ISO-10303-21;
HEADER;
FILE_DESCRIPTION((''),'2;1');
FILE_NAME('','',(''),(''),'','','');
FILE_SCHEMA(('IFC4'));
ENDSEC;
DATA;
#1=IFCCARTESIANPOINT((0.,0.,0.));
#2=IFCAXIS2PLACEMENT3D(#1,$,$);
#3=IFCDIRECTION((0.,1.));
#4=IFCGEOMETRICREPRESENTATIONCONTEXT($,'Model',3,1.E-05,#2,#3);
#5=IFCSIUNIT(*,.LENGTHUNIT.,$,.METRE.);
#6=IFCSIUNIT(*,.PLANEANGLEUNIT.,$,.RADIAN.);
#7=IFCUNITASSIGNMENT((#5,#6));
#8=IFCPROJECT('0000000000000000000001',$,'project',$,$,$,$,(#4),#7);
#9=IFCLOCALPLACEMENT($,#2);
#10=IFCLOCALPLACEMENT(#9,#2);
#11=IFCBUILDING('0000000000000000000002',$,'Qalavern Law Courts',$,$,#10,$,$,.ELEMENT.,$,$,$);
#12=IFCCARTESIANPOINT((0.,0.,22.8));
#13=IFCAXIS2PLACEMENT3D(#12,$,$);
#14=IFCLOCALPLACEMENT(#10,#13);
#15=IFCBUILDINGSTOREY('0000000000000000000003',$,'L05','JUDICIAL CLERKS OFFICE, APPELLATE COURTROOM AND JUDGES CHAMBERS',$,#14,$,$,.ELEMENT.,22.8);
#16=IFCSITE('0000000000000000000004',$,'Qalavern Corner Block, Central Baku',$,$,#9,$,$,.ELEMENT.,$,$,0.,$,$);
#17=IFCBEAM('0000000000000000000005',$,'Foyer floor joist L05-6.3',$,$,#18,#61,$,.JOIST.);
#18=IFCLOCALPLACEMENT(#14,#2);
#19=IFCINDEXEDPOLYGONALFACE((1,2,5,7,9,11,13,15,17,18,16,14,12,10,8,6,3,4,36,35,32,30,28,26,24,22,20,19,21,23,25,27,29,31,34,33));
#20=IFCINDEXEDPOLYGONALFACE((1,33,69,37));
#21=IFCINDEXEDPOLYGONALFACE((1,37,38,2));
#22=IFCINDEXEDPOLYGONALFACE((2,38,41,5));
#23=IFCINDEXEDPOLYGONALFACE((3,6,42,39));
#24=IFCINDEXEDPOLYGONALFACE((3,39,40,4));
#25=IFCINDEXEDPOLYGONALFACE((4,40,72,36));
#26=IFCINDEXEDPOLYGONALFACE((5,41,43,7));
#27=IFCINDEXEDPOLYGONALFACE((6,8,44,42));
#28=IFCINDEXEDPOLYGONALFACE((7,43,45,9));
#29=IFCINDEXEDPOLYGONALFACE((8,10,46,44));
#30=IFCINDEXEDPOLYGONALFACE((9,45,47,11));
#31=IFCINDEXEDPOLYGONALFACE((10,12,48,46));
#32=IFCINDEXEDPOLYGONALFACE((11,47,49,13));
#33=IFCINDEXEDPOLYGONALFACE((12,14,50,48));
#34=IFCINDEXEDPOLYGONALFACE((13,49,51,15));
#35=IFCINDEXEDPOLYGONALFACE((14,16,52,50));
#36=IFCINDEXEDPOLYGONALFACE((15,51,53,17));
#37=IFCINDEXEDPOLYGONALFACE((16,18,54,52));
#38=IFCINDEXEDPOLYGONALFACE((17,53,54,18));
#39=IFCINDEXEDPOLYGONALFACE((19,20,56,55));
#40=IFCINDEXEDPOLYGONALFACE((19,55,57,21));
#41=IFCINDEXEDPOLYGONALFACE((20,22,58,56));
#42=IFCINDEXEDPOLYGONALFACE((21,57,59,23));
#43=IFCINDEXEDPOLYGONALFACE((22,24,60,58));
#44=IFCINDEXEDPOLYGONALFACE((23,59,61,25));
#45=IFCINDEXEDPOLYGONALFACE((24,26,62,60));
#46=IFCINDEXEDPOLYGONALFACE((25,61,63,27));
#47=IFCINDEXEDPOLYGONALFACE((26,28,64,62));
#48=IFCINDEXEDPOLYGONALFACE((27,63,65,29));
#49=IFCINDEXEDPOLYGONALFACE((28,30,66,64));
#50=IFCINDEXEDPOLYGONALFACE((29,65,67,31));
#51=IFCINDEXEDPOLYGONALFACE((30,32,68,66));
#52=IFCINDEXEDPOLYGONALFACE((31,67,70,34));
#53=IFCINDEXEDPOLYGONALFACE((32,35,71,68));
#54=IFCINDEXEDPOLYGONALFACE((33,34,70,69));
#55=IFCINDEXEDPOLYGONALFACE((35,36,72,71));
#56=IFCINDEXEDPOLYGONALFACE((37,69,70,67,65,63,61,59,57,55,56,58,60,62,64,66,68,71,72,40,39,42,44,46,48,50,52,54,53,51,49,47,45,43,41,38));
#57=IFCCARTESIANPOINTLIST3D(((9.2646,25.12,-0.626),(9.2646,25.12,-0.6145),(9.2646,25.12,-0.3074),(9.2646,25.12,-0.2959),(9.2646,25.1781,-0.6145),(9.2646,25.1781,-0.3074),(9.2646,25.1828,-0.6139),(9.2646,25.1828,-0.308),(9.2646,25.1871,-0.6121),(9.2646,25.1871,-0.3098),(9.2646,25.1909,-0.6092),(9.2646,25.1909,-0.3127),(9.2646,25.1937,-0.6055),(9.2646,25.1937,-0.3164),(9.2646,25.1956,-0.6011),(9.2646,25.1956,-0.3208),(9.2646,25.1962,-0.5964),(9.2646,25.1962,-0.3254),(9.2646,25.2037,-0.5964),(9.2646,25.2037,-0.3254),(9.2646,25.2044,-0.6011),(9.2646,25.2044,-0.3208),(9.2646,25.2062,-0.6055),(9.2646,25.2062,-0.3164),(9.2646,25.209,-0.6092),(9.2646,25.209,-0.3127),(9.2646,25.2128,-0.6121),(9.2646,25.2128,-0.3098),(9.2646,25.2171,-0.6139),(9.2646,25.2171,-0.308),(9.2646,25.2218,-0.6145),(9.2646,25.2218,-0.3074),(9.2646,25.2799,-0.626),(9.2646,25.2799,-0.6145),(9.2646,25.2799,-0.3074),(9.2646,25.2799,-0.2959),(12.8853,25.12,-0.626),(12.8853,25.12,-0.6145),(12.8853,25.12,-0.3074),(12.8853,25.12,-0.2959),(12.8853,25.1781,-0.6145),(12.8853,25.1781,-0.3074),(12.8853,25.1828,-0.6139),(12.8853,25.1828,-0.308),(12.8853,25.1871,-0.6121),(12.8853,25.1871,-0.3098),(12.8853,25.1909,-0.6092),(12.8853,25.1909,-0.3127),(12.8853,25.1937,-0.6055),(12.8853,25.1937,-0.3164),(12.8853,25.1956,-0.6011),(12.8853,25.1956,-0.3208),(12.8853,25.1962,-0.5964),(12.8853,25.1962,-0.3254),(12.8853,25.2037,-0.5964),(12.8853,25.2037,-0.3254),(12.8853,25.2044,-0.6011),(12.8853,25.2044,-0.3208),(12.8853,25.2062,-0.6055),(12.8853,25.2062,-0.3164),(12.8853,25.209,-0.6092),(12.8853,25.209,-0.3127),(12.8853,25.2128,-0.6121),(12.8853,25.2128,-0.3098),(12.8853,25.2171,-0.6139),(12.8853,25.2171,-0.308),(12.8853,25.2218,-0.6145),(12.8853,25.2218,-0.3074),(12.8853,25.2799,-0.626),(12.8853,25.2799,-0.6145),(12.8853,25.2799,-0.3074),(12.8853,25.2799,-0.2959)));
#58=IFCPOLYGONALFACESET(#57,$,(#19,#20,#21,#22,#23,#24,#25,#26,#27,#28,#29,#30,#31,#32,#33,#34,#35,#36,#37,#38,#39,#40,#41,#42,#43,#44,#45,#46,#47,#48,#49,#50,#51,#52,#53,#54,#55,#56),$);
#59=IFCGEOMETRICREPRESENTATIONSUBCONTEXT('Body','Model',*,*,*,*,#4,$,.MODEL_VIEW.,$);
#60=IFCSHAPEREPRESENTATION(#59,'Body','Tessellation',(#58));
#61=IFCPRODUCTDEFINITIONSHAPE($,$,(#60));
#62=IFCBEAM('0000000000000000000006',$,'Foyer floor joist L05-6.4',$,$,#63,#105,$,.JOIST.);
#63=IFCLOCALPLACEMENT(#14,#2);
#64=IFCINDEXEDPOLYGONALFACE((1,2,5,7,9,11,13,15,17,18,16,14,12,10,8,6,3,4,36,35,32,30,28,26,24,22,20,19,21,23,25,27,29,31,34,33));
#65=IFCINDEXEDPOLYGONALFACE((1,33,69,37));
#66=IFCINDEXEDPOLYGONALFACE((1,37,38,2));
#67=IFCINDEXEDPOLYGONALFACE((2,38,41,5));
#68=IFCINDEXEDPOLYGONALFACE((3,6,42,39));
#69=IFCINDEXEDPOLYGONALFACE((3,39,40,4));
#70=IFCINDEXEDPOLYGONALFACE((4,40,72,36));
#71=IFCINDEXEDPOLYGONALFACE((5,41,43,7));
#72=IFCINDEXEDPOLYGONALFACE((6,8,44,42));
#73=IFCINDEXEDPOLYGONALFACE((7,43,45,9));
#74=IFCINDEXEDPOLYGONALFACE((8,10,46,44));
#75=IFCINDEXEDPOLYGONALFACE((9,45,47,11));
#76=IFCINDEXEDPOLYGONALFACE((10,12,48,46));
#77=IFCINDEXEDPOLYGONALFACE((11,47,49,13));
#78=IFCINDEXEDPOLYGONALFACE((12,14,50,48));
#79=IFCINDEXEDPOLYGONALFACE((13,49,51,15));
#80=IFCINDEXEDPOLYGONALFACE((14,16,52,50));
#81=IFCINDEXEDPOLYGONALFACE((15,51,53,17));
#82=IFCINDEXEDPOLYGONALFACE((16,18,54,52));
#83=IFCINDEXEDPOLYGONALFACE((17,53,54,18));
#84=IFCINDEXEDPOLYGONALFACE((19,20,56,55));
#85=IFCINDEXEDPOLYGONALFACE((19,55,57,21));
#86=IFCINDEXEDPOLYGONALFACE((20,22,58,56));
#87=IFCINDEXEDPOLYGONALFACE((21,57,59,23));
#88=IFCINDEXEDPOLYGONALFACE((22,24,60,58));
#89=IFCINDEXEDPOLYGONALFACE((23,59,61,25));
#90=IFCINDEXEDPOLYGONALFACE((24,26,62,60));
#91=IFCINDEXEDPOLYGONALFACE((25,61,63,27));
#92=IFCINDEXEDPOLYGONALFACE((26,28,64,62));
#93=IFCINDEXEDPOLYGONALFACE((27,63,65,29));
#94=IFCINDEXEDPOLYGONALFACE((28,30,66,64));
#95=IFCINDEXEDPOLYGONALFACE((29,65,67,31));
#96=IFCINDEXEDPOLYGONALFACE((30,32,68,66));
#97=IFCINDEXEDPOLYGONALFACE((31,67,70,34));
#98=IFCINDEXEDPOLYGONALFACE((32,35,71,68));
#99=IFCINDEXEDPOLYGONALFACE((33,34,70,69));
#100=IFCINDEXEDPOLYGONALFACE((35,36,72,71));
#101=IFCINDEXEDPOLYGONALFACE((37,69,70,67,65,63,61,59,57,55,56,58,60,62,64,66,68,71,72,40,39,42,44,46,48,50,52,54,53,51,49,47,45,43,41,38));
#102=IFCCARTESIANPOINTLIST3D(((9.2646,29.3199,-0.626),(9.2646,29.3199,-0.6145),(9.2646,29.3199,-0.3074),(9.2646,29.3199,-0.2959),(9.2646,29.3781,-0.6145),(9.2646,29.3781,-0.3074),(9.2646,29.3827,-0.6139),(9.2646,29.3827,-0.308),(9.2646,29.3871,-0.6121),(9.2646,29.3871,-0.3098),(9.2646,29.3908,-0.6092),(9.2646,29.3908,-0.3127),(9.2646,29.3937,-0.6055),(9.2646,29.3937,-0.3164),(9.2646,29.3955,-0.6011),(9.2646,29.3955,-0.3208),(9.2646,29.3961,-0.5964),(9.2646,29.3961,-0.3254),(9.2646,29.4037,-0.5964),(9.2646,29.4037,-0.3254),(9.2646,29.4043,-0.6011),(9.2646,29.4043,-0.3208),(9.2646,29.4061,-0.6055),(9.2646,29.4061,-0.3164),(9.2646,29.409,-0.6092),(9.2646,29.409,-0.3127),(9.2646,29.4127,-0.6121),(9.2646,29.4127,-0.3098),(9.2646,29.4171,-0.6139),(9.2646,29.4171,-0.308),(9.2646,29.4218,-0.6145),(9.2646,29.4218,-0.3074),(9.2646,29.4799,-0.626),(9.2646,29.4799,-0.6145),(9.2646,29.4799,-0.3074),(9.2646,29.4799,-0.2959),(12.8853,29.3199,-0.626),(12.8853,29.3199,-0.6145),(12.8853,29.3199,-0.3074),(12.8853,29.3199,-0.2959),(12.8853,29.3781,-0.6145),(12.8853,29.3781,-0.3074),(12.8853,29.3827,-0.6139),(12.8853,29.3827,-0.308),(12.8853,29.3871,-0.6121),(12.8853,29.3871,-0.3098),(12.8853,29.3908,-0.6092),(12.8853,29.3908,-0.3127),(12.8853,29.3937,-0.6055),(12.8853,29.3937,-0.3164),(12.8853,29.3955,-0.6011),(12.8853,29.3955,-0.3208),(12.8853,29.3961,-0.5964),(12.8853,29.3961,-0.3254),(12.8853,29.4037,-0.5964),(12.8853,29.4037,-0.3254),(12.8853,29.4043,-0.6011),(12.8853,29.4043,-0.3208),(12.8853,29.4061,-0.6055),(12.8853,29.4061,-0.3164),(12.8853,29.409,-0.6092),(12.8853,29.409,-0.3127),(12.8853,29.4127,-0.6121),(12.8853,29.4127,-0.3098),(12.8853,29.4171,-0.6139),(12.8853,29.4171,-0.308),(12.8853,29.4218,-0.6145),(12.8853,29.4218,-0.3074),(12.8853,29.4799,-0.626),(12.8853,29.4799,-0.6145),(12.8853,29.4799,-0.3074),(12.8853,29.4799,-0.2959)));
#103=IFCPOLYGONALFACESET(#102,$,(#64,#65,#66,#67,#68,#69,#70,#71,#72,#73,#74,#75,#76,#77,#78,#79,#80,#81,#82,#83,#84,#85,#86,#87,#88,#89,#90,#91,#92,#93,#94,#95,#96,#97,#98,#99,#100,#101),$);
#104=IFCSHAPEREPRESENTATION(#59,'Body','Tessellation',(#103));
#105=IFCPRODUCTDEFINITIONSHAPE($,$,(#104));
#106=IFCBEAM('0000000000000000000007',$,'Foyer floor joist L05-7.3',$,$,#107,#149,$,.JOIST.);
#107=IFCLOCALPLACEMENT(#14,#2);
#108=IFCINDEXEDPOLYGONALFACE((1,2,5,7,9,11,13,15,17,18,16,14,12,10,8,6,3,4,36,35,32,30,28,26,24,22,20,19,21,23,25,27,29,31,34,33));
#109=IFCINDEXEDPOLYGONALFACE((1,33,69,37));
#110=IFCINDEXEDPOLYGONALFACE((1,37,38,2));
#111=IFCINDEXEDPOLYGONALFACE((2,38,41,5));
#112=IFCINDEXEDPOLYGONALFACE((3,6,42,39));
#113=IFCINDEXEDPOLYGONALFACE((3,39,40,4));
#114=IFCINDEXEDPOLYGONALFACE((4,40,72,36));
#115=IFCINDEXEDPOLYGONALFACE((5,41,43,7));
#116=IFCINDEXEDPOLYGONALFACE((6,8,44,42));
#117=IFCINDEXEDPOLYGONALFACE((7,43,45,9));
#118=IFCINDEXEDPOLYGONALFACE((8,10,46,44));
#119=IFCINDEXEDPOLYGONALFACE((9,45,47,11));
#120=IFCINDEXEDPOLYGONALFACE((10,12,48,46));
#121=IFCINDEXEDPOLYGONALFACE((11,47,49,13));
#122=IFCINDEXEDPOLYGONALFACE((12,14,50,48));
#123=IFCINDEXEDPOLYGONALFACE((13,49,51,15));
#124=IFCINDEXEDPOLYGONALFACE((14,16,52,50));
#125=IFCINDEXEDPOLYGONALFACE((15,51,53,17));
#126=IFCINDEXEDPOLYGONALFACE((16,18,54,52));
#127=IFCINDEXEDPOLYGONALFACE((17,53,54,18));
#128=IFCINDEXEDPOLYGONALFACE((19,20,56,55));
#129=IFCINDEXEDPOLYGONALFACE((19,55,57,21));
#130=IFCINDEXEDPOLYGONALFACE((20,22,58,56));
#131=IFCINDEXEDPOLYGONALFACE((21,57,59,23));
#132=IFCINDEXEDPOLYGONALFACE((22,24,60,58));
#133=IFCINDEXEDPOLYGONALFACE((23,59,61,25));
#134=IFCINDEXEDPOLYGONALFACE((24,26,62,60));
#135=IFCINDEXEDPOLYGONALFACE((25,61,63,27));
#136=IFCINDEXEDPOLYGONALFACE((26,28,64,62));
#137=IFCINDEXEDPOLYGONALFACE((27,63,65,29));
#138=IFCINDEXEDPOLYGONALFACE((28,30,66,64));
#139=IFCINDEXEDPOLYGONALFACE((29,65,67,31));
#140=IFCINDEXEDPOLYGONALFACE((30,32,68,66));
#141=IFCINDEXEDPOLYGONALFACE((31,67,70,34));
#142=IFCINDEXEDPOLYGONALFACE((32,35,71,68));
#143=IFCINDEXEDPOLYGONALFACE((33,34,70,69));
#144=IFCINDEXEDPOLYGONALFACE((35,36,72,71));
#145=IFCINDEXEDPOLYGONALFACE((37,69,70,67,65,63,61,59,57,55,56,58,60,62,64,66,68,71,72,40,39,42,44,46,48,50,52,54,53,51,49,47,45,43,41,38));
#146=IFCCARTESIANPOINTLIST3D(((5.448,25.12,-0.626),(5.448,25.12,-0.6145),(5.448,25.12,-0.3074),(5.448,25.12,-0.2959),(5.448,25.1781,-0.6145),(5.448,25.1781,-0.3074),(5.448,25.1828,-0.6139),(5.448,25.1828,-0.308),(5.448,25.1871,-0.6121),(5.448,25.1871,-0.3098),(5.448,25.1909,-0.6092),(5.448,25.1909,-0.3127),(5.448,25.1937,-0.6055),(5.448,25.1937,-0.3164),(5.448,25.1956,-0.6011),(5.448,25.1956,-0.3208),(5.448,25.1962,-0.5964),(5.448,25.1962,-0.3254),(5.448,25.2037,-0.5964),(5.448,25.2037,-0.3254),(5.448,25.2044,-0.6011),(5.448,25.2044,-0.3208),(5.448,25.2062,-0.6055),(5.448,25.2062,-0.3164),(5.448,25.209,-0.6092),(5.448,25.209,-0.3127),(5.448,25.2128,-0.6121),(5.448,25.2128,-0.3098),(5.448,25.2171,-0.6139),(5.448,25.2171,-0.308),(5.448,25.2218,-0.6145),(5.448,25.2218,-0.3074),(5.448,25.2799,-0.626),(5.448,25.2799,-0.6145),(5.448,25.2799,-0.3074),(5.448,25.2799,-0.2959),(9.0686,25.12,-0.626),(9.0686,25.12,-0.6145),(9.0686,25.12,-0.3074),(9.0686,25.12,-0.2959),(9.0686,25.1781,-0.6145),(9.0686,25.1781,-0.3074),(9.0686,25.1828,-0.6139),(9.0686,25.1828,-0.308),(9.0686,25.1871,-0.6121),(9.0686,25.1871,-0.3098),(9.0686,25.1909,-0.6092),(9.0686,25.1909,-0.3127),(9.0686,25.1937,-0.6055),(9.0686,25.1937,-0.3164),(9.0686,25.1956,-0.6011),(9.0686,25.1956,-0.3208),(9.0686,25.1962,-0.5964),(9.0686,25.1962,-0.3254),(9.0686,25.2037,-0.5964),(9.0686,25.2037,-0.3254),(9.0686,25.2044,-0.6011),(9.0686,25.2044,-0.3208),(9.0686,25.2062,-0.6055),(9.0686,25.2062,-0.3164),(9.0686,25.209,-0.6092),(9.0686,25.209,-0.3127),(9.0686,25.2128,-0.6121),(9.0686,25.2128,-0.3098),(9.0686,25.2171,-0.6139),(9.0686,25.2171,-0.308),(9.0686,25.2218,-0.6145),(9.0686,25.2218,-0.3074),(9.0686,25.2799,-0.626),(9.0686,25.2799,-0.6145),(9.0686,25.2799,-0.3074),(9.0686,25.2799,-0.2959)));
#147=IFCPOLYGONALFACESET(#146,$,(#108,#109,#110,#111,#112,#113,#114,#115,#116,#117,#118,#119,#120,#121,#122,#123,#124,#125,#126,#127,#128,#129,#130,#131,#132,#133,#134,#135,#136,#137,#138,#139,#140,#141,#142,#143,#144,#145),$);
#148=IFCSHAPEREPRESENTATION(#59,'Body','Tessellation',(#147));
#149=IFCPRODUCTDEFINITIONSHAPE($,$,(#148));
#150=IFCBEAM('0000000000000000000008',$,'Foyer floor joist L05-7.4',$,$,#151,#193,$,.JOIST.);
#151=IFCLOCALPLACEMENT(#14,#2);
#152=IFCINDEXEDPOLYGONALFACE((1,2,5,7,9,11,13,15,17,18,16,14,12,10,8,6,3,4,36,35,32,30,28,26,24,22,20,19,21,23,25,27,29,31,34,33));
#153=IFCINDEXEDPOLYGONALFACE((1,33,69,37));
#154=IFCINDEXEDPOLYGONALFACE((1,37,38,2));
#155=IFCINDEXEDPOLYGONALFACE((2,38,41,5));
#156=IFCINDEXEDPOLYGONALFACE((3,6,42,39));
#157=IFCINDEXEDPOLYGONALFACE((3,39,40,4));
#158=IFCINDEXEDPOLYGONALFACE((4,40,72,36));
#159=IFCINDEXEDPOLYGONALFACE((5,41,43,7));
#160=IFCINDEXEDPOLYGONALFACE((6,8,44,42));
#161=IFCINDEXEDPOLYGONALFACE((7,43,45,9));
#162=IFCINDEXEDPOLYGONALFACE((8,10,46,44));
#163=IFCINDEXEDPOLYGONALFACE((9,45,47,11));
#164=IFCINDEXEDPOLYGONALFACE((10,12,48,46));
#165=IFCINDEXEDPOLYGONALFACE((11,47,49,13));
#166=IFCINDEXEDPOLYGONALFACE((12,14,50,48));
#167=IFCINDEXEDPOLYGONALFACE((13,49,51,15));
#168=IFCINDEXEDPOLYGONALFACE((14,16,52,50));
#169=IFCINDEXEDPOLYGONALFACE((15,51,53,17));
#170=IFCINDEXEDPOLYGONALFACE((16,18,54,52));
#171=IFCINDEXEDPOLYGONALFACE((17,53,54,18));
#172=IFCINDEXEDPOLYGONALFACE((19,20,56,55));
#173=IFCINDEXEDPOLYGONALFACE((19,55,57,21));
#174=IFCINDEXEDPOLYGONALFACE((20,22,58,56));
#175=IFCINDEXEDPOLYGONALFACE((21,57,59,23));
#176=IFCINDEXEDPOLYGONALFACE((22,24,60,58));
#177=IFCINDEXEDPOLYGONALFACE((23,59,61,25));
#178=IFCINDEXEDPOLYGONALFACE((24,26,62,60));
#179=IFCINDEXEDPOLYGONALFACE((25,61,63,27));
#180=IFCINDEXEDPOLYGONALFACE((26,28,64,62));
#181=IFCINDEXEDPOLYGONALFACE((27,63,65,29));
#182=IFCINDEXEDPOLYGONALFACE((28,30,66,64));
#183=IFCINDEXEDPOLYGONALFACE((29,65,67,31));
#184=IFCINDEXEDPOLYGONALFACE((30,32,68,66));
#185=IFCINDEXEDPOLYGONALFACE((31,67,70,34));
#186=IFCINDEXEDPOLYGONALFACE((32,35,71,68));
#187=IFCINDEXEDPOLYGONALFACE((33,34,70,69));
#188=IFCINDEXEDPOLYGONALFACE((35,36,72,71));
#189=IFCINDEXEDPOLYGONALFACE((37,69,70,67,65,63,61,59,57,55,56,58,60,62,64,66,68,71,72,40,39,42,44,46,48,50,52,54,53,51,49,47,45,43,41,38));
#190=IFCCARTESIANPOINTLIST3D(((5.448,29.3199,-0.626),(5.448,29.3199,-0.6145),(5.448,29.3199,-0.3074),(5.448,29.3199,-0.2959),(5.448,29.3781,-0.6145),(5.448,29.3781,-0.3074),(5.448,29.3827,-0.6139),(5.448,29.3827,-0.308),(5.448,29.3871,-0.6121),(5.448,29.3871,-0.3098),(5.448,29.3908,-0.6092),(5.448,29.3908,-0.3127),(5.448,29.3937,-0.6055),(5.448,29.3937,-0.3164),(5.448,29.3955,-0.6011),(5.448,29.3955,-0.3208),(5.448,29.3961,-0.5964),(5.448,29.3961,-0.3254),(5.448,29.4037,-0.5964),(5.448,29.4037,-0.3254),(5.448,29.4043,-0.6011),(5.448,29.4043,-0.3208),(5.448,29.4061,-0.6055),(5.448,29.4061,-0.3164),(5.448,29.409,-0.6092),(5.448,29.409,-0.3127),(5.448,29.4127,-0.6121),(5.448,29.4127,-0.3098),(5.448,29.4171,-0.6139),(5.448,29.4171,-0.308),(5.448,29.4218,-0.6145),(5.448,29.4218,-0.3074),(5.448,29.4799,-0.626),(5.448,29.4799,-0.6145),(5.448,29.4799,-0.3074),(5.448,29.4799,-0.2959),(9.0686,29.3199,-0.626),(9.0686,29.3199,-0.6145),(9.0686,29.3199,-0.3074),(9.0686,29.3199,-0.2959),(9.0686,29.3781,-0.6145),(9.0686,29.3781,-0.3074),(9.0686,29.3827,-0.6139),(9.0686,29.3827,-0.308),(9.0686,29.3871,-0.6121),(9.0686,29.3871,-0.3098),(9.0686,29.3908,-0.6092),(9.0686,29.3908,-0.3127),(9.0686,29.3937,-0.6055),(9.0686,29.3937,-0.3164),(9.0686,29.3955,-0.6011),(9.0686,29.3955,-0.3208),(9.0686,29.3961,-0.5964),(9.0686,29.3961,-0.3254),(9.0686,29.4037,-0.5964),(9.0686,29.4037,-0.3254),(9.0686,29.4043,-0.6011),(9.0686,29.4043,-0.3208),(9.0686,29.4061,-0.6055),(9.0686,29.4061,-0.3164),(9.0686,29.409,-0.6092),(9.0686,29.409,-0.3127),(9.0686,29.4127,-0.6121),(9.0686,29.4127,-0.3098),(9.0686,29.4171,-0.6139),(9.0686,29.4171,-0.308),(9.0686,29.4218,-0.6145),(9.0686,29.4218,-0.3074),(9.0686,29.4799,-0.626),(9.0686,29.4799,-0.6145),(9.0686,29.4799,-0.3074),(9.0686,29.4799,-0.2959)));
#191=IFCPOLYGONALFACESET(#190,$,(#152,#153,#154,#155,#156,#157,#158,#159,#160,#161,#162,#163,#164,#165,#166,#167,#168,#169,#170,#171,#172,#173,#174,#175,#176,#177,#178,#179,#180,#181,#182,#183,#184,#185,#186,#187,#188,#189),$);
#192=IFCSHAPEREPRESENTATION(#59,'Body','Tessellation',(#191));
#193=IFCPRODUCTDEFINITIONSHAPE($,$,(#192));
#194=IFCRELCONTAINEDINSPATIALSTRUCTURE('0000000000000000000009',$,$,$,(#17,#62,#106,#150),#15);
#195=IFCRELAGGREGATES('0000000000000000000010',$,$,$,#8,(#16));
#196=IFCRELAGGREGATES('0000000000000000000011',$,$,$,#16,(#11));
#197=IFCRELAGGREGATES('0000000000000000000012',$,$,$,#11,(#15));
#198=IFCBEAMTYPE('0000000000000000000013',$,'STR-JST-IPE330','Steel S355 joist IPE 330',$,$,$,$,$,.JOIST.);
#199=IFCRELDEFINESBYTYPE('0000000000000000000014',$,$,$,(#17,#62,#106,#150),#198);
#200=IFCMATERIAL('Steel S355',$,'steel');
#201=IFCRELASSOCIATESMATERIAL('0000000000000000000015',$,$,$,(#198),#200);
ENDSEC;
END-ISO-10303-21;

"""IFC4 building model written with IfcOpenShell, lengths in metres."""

from ifc_helpers import new_model, si_unit, direction, frame, origin, origin_2d, place, context, subcontext, project, spatial, i_section, extrude, material, material_profile, profile_set, type_object, element, save


model = new_model("IFC4")

# Units and contexts
model_context = context("Model", 3, precision=1e-05, world=origin(), true_north=direction((0.0, 1.0)))
body_context = subcontext(model_context, "Body", "Model", "MODEL_VIEW")
ifc_project = project(units=[si_unit("LENGTHUNIT", "METRE"), si_unit("PLANEANGLEUNIT", "RADIAN")], contexts=[model_context])

# Site, building, storey
site_placement = place(None, origin())
site = spatial("IfcSite", under=ifc_project, at=site_placement, Name="Qalavern Corner Block, Central Baku", CompositionType="ELEMENT", RefElevation=0.0)
building_placement = place(site_placement, origin())
building = spatial("IfcBuilding", under=site, at=building_placement, Name="Qalavern Law Courts", CompositionType="ELEMENT")
storey_placement = place(building_placement, frame((0.0, 0.0, 22.8)))
storey = spatial("IfcBuildingStorey", under=building, at=storey_placement, Name="L05", Description="JUDICIAL CLERKS OFFICE, APPELLATE COURTROOM AND JUDGES CHAMBERS", CompositionType="ELEMENT", Elevation=22.8)

# Beams
ifc_material_1 = material(Name="Steel S355", Category="steel")
ifc_material_profile_1 = material_profile(ifc_material_1, i_section(OverallWidth=0.1599, OverallDepth=0.3301, WebThickness=0.0076, FlangeThickness=0.0115, FilletRadius=0.0181, at=origin_2d()), Name="IPE 330")
ifc_profile_set_1 = profile_set([ifc_material_profile_1], Name="Steel S355")
beam_type_1 = type_object("IfcBeamType", Name="STR-JST-IPE330", Description="Steel S355 joist IPE 330", PredefinedType="JOIST", material=ifc_profile_set_1)
for number, where, z_axis, x_axis, name in (
    (1, (9.2646, 25.2, -0.4609), (1.0, 0.0, 0.0), (0.0, 1.0, 0.0), "Foyer floor joist L05-6.3"),
    (2, (9.2646, 29.3999, -0.4609), (1.0, 0.0, 0.0), (0.0, 1.0, 0.0), "Foyer floor joist L05-6.4"),
    (3, (5.448, 25.2, -0.4609), (1.0, 0.0, 0.0), (0.0, 1.0, 0.0), "Foyer floor joist L05-7.3"),
    (4, (5.448, 29.3999, -0.4609), (1.0, 0.0, 0.0), (0.0, 1.0, 0.0), "Foyer floor joist L05-7.4"),
):
    element("IfcBeam", number, at=place(storey_placement, frame(where, z_axis=z_axis, x_axis=x_axis)), inside=storey, type_object=beam_type_1, Name=name, PredefinedType="JOIST", context=body_context, shape_type="SweptSolid", body=[
        extrude(i_section(OverallWidth=0.1599, OverallDepth=0.3301, WebThickness=0.0076, FlangeThickness=0.0115, FilletRadius=0.0181, at=origin_2d()), origin(), (0.0, 0.0, 1.0), 3.6206),
    ])

save(model, "model.ifc")
